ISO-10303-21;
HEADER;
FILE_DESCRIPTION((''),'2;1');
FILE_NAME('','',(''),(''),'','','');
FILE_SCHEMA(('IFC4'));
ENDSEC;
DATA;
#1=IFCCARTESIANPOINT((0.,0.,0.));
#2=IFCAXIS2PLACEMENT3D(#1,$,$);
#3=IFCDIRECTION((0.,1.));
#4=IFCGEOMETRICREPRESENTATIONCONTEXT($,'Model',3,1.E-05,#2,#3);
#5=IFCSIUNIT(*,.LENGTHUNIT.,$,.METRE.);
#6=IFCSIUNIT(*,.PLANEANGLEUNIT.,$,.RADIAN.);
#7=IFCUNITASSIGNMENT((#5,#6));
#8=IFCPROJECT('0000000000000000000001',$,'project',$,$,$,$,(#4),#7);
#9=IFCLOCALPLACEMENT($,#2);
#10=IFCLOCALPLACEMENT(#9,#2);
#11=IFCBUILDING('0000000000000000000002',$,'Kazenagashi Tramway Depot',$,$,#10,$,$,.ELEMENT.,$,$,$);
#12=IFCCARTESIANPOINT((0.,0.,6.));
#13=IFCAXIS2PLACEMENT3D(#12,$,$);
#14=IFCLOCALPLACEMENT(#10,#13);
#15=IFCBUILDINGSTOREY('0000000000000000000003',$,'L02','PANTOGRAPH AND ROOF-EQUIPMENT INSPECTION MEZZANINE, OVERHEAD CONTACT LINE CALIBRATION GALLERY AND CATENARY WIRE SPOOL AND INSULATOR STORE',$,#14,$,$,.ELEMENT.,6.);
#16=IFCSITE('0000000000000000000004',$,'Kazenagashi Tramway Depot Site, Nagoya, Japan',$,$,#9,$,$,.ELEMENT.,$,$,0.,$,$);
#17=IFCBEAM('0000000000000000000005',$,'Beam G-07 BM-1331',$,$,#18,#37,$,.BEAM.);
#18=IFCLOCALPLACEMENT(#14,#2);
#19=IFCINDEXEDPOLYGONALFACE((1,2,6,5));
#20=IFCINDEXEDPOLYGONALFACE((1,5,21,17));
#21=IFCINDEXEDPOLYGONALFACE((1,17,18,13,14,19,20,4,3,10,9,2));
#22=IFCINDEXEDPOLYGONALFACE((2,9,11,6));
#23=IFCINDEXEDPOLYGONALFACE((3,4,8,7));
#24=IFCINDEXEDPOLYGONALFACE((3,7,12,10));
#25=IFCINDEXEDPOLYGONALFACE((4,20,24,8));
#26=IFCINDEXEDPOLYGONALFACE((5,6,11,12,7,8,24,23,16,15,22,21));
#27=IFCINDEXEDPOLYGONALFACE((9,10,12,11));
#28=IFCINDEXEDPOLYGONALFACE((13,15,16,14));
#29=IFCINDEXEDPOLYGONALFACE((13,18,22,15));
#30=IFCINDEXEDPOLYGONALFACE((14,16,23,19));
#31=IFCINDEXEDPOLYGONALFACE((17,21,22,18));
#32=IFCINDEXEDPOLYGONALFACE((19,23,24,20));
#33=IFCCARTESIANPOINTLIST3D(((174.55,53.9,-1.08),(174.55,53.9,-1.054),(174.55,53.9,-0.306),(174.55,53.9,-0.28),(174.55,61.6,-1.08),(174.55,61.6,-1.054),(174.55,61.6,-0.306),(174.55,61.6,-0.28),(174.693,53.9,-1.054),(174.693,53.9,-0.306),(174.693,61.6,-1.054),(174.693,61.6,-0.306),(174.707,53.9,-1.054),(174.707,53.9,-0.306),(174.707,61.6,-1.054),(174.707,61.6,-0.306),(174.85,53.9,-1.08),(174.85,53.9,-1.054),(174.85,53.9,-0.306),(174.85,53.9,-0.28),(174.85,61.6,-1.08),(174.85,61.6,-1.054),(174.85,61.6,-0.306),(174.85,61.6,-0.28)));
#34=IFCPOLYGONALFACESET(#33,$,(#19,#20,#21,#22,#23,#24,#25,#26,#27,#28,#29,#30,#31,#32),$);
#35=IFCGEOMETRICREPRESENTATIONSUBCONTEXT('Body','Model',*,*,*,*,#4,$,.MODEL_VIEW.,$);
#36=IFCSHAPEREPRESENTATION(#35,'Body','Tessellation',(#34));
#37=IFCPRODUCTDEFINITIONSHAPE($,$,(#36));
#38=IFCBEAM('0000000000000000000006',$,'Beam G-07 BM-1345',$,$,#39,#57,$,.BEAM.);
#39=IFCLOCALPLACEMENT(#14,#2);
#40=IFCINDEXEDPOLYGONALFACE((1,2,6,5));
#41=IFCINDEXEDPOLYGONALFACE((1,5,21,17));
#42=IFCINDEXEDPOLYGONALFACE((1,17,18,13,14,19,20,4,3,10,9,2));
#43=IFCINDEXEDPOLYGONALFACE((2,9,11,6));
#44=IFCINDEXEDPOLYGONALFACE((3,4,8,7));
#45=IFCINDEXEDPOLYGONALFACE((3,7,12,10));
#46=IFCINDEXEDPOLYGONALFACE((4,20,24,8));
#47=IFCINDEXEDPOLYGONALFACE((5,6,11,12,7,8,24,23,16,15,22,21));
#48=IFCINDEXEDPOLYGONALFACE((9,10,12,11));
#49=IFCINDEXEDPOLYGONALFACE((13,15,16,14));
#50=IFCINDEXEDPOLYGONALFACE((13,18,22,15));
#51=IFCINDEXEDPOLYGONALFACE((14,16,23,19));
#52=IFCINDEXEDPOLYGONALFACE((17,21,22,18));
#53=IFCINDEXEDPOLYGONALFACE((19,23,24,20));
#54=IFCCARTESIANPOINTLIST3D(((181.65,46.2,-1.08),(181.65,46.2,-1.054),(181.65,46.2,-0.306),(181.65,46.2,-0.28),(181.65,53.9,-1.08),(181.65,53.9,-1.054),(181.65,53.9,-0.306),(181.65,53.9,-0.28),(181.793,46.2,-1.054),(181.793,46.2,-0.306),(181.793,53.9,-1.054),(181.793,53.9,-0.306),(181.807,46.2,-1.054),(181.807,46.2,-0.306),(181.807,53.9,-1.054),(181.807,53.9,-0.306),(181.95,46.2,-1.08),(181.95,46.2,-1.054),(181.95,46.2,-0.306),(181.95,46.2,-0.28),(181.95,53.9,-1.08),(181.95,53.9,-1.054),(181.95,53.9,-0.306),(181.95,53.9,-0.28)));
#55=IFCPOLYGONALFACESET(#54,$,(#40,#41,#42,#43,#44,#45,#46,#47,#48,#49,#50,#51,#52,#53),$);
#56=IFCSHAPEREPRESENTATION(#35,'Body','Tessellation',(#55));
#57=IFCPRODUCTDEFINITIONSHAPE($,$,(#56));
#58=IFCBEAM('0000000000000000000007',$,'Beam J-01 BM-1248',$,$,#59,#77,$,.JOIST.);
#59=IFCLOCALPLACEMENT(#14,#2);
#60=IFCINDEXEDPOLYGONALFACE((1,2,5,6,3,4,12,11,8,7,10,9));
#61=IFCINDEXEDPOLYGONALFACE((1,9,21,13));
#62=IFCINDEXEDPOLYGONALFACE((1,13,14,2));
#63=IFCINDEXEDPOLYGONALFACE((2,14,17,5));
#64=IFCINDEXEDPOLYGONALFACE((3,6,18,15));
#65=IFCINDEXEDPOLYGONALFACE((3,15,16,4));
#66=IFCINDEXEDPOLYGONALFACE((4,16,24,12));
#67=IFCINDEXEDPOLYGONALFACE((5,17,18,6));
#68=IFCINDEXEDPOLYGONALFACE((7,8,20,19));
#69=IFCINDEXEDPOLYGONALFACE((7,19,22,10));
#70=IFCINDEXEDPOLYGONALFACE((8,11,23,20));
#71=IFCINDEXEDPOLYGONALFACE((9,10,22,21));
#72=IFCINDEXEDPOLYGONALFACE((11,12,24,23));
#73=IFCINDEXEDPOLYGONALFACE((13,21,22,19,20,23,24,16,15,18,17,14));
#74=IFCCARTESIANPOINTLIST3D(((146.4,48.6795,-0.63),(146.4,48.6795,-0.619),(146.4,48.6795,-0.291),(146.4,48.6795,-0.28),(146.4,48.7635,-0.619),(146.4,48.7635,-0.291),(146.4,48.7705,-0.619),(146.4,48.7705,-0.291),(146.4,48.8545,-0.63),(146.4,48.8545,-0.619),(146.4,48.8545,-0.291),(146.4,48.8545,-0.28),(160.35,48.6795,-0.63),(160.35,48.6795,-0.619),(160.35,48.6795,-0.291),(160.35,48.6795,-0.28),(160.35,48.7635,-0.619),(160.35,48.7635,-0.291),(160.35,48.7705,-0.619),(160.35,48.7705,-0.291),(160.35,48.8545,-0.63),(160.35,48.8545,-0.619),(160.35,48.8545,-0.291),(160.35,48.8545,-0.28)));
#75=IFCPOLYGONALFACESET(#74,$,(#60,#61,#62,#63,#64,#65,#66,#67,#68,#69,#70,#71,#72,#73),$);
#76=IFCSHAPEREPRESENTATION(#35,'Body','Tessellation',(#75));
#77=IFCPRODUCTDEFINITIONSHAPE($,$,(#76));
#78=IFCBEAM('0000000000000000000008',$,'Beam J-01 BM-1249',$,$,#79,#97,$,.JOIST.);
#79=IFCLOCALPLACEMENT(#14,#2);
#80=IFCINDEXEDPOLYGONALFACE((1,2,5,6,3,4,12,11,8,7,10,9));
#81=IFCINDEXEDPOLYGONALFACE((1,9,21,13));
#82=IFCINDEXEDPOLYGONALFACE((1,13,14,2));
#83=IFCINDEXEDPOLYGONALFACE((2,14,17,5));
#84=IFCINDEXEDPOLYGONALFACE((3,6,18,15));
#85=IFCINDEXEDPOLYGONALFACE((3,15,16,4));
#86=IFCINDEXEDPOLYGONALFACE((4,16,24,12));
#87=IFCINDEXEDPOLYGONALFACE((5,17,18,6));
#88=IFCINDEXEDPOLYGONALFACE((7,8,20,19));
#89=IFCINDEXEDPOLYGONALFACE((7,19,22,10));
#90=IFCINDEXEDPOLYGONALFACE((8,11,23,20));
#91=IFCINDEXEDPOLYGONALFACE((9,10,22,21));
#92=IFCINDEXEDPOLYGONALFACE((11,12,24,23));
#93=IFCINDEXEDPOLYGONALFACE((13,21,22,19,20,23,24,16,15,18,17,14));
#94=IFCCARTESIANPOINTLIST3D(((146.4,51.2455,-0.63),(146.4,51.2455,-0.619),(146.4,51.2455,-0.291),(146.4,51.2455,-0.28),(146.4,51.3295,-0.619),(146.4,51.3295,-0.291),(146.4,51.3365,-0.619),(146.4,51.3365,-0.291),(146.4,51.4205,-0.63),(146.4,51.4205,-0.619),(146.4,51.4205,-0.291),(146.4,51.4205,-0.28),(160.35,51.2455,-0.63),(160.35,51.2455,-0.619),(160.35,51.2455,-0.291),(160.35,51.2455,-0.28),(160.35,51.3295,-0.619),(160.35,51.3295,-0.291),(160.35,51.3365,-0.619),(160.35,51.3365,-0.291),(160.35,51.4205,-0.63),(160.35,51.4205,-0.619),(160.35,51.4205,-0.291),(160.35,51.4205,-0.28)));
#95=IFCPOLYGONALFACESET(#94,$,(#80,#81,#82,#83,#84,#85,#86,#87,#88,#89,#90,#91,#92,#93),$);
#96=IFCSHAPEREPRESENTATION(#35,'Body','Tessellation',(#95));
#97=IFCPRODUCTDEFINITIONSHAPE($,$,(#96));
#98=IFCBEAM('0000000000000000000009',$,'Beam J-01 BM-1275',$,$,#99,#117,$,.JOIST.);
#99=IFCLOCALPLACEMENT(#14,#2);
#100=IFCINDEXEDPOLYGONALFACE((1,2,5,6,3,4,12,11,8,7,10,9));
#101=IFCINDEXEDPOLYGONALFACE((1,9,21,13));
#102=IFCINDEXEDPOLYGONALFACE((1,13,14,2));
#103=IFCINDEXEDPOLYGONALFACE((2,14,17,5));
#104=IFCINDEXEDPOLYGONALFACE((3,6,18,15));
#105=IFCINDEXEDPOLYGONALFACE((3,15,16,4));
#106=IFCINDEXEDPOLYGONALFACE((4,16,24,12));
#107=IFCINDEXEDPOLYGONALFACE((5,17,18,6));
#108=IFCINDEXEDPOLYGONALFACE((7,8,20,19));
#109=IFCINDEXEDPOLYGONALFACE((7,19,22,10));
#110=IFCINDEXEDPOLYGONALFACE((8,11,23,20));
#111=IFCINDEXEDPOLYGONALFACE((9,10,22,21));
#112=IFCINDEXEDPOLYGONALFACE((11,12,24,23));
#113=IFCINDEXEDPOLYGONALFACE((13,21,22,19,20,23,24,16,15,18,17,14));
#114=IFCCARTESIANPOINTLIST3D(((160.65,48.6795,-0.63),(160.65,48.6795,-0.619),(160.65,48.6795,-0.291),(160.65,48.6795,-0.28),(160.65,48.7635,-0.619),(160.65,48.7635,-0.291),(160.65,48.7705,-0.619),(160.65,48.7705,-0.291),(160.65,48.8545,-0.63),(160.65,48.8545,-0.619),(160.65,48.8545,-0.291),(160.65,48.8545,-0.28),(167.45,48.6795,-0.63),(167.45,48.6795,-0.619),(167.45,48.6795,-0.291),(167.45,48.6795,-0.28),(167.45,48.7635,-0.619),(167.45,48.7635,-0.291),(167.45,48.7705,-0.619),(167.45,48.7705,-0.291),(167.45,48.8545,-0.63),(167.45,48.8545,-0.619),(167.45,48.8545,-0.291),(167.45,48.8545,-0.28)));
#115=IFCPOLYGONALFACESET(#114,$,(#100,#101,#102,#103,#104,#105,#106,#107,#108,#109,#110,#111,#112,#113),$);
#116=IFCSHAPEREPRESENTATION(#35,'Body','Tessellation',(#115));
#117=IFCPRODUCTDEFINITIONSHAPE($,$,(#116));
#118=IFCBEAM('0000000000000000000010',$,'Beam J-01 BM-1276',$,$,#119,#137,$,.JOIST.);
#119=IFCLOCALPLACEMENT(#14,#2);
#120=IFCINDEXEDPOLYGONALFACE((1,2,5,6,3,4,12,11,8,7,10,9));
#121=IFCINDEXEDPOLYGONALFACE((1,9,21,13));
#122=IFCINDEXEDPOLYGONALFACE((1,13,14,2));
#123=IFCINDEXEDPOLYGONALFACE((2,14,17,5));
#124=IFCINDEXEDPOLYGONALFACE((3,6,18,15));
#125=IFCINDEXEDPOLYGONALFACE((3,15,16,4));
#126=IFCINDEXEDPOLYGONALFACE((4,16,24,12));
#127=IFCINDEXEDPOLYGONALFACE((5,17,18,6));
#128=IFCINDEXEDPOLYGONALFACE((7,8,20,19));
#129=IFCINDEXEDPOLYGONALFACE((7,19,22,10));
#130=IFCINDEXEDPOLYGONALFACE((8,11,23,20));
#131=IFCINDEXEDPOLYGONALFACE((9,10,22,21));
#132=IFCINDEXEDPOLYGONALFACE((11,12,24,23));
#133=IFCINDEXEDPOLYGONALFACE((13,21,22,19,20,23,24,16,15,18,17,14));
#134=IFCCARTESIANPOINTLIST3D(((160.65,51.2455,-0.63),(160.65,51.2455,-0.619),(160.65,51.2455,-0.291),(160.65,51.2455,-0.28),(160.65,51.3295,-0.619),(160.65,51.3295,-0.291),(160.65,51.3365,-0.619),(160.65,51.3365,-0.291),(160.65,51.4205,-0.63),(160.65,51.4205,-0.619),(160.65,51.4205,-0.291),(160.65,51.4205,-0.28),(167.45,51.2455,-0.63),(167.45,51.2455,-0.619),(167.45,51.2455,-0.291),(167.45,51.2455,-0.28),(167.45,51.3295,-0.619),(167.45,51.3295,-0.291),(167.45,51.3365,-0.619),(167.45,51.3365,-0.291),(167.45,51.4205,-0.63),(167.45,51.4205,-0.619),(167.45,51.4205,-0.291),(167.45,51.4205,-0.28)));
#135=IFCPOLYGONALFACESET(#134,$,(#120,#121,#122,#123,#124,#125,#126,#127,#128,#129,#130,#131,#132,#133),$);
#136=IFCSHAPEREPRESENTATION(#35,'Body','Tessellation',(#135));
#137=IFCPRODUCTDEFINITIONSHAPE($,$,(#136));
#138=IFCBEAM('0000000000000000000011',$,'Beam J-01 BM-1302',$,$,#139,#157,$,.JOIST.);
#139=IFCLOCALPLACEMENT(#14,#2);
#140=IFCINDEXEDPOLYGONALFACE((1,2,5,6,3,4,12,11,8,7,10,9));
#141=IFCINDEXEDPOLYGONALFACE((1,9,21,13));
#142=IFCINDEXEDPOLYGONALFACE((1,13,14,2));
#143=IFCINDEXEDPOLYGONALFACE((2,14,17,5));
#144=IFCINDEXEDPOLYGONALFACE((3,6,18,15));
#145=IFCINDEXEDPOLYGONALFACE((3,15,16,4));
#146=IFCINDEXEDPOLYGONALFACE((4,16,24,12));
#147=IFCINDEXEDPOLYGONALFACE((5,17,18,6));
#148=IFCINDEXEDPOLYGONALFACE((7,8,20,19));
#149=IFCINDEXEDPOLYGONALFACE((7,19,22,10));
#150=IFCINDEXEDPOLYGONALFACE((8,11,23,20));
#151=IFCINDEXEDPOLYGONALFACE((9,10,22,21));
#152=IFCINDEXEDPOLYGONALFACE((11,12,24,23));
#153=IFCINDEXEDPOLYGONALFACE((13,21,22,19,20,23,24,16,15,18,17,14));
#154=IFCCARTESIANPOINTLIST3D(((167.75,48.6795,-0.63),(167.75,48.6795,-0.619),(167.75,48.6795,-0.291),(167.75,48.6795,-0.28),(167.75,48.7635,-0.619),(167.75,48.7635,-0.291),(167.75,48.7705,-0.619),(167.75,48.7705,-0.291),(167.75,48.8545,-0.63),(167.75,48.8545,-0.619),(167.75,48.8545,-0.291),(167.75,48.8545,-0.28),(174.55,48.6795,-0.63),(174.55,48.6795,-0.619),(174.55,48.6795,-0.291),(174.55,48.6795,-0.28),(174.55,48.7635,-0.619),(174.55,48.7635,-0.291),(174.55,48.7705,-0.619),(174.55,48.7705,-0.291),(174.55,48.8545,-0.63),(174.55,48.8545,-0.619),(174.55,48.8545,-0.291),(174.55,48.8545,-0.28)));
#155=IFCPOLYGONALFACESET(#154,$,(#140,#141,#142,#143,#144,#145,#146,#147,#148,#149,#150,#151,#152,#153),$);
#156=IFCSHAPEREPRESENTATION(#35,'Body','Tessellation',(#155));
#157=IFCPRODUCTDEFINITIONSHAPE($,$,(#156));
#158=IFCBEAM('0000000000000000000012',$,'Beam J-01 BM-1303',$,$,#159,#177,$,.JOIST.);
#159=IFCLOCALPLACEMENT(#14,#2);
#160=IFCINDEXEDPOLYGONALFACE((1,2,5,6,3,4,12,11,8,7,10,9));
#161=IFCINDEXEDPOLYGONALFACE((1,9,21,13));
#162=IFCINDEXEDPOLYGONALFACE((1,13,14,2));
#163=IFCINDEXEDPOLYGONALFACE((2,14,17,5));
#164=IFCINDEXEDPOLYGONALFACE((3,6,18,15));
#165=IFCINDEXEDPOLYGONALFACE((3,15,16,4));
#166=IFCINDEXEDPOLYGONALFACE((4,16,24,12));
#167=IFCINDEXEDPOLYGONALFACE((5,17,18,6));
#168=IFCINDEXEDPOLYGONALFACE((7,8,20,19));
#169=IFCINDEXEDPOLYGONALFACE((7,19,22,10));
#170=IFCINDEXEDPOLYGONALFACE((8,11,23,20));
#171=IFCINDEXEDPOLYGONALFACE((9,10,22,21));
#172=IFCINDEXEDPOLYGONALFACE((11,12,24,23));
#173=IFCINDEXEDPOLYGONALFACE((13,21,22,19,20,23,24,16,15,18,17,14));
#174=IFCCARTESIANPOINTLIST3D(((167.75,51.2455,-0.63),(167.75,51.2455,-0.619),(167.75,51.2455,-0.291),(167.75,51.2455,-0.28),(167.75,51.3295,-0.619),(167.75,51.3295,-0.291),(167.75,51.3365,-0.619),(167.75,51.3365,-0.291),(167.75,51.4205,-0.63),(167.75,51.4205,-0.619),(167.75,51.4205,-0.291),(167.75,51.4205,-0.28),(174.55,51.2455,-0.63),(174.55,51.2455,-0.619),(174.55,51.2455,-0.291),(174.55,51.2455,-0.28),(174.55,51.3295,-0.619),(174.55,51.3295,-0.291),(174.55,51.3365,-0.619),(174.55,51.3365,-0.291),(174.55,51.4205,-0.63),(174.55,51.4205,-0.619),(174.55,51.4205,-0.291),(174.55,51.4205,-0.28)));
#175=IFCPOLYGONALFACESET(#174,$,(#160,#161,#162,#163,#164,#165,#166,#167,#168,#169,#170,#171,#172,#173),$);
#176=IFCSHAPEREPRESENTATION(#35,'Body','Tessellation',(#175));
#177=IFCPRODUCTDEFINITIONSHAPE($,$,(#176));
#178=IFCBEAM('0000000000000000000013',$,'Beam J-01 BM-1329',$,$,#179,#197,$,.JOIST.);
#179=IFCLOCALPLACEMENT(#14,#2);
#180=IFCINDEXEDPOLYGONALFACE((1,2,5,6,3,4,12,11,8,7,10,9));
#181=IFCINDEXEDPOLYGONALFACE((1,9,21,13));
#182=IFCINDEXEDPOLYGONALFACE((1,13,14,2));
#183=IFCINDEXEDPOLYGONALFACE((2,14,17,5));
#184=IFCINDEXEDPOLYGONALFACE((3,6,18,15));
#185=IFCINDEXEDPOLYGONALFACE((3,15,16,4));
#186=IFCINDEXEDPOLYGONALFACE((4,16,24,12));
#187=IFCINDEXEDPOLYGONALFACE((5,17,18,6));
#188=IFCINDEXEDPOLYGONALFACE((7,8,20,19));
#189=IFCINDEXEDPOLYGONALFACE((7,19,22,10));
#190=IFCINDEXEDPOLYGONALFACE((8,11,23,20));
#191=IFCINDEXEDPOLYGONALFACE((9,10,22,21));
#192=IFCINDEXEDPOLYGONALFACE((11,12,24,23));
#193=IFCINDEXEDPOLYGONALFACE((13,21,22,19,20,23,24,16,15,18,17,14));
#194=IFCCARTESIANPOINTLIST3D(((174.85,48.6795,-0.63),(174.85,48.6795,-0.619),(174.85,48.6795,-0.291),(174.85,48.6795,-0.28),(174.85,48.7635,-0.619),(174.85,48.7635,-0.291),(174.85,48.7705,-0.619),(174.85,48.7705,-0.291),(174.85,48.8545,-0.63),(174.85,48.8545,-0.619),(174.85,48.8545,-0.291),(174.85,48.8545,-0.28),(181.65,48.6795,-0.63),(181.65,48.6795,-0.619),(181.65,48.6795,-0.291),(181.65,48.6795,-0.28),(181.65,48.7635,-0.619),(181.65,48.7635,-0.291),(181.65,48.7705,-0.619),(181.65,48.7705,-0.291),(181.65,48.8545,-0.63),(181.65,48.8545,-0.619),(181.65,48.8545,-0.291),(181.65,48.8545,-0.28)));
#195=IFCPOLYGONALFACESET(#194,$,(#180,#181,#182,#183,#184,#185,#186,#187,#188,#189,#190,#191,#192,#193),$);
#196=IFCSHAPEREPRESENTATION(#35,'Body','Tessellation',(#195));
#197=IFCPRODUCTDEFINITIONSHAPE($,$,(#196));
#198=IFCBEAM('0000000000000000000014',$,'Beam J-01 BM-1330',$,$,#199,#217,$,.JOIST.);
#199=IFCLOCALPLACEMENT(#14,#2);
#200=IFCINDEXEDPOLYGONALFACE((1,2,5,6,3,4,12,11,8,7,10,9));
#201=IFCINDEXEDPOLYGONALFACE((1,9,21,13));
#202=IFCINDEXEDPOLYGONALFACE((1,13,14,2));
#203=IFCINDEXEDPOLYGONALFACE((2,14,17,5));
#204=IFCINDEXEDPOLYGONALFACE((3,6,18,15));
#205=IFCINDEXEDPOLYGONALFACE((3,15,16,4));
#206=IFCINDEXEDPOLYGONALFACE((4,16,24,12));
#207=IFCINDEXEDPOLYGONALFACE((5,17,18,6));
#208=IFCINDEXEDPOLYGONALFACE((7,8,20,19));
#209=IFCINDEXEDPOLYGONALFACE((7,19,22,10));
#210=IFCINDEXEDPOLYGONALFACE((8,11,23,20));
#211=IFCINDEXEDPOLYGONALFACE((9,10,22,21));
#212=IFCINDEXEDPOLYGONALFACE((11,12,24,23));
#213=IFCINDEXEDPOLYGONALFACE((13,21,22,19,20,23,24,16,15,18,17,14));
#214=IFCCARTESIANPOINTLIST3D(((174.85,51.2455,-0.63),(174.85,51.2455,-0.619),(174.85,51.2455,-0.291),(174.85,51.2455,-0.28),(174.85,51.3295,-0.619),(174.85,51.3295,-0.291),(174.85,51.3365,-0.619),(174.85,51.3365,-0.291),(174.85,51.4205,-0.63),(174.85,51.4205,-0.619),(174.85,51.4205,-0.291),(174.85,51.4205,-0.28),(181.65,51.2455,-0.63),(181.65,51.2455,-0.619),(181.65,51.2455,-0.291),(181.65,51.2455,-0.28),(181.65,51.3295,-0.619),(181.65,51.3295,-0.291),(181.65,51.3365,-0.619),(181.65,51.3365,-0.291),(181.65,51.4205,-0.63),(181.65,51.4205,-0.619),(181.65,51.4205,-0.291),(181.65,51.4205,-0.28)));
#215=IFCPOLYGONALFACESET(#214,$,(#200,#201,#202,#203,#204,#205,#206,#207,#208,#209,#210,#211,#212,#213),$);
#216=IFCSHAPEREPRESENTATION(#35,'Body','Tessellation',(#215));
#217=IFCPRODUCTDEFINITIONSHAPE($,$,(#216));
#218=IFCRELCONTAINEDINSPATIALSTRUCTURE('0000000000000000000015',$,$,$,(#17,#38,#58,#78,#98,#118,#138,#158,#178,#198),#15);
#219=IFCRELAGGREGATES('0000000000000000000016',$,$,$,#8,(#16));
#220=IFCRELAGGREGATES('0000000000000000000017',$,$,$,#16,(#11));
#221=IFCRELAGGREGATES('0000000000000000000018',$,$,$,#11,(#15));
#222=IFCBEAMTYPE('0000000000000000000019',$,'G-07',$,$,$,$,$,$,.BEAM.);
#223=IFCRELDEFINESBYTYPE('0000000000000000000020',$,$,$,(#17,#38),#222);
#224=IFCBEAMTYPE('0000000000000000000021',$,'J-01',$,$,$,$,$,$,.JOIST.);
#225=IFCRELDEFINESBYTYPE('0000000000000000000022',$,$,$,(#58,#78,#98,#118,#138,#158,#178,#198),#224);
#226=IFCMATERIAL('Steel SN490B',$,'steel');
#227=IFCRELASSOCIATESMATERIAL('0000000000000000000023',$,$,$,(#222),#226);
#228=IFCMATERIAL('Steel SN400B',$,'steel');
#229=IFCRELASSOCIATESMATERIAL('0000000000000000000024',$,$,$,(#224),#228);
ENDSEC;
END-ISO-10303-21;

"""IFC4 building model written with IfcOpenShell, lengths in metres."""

from ifc_helpers import new_model, si_unit, direction, frame, origin, origin_2d, place, context, subcontext, project, spatial, i_section, extrude, material, material_profile, profile_set, type_object, element, save


model = new_model("IFC4")

# Units and contexts
model_context = context("Model", 3, precision=1e-05, world=origin(), true_north=direction((0.0, 1.0)))
body_context = subcontext(model_context, "Body", "Model", "MODEL_VIEW")
ifc_project = project(units=[si_unit("LENGTHUNIT", "METRE"), si_unit("PLANEANGLEUNIT", "RADIAN")], contexts=[model_context])

# Site, building, storey
site_placement = place(None, origin())
site = spatial("IfcSite", under=ifc_project, at=site_placement, Name="Kazenagashi Tramway Depot Site, Nagoya, Japan", CompositionType="ELEMENT", RefElevation=0.0)
building_placement = place(site_placement, origin())
building = spatial("IfcBuilding", under=site, at=building_placement, Name="Kazenagashi Tramway Depot", CompositionType="ELEMENT")
storey_placement = place(building_placement, frame((0.0, 0.0, 6.0)))
storey = spatial("IfcBuildingStorey", under=building, at=storey_placement, Name="L02", Description="PANTOGRAPH AND ROOF-EQUIPMENT INSPECTION MEZZANINE, OVERHEAD CONTACT LINE CALIBRATION GALLERY AND CATENARY WIRE SPOOL AND INSULATOR STORE", CompositionType="ELEMENT", Elevation=6.0)

# Shared definitions
ifc_material_1 = material(Name="Steel SN490B", Category="steel")

# Beams
ifc_material_profile_1 = material_profile(ifc_material_1, i_section(OverallWidth=0.3, OverallDepth=0.8, WebThickness=0.014, FlangeThickness=0.026, at=origin_2d()), Name="H-800x300x14x26")
ifc_profile_set_1 = profile_set([ifc_material_profile_1], Name="Steel SN490B")
beam_type_1 = type_object("IfcBeamType", Name="G-07", PredefinedType="BEAM", material=ifc_profile_set_1)
for number, where, z_axis, x_axis, name in (
    (1, (174.7, 53.9, -0.68), (0.0, 1.0, 0.0), (-1.0, 0.0, 0.0), "Beam G-07 BM-1331"),
    (2, (181.8, 46.2, -0.68), (0.0, 1.0, 0.0), (-1.0, 0.0, 0.0), "Beam G-07 BM-1345"),
):
    element("IfcBeam", number, at=place(storey_placement, frame(where, z_axis=z_axis, x_axis=x_axis)), inside=storey, type_object=beam_type_1, Name=name, PredefinedType="BEAM", context=body_context, shape_type="SweptSolid", body=[
        extrude(i_section(OverallWidth=0.3, OverallDepth=0.8, WebThickness=0.014, FlangeThickness=0.026, at=origin_2d()), origin(), (0.0, 0.0, 1.0), 7.7),
    ])
ifc_material_2 = material(Name="Steel SN400B", Category="steel")
ifc_material_profile_2 = material_profile(ifc_material_2, i_section(OverallWidth=0.175, OverallDepth=0.35, WebThickness=0.007, FlangeThickness=0.011, at=origin_2d()), Name="H-350x175x7x11")
ifc_profile_set_2 = profile_set([ifc_material_profile_2], Name="Steel SN400B")
beam_type_2 = type_object("IfcBeamType", Name="J-01", PredefinedType="JOIST", material=ifc_profile_set_2)
for number, where, z_axis, x_axis, name in (
    (3, (146.4, 48.767, -0.455), (1.0, 0.0, 0.0), (0.0, 1.0, 0.0), "Beam J-01 BM-1248"),
    (4, (146.4, 51.333, -0.455), (1.0, 0.0, 0.0), (0.0, 1.0, 0.0), "Beam J-01 BM-1249"),
):
    element("IfcBeam", number, at=place(storey_placement, frame(where, z_axis=z_axis, x_axis=x_axis)), inside=storey, type_object=beam_type_2, Name=name, PredefinedType="JOIST", context=body_context, shape_type="SweptSolid", body=[
        extrude(i_section(OverallWidth=0.175, OverallDepth=0.35, WebThickness=0.007, FlangeThickness=0.011, at=origin_2d()), origin(), (0.0, 0.0, 1.0), 13.95),
    ])
for number, where, z_axis, x_axis, name in (
    (5, (160.65, 48.767, -0.455), (1.0, 0.0, 0.0), (0.0, 1.0, 0.0), "Beam J-01 BM-1275"),
    (6, (160.65, 51.333, -0.455), (1.0, 0.0, 0.0), (0.0, 1.0, 0.0), "Beam J-01 BM-1276"),
    (7, (167.75, 48.767, -0.455), (1.0, 0.0, 0.0), (0.0, 1.0, 0.0), "Beam J-01 BM-1302"),
    (8, (167.75, 51.333, -0.455), (1.0, 0.0, 0.0), (0.0, 1.0, 0.0), "Beam J-01 BM-1303"),
    (9, (174.85, 48.767, -0.455), (1.0, 0.0, 0.0), (0.0, 1.0, 0.0), "Beam J-01 BM-1329"),
    (10, (174.85, 51.333, -0.455), (1.0, 0.0, 0.0), (0.0, 1.0, 0.0), "Beam J-01 BM-1330"),
):
    element("IfcBeam", number, at=place(storey_placement, frame(where, z_axis=z_axis, x_axis=x_axis)), inside=storey, type_object=beam_type_2, Name=name, PredefinedType="JOIST", context=body_context, shape_type="SweptSolid", body=[
        extrude(i_section(OverallWidth=0.175, OverallDepth=0.35, WebThickness=0.007, FlangeThickness=0.011, at=origin_2d()), origin(), (0.0, 0.0, 1.0), 6.8),
    ])

save(model, "model.ifc")
